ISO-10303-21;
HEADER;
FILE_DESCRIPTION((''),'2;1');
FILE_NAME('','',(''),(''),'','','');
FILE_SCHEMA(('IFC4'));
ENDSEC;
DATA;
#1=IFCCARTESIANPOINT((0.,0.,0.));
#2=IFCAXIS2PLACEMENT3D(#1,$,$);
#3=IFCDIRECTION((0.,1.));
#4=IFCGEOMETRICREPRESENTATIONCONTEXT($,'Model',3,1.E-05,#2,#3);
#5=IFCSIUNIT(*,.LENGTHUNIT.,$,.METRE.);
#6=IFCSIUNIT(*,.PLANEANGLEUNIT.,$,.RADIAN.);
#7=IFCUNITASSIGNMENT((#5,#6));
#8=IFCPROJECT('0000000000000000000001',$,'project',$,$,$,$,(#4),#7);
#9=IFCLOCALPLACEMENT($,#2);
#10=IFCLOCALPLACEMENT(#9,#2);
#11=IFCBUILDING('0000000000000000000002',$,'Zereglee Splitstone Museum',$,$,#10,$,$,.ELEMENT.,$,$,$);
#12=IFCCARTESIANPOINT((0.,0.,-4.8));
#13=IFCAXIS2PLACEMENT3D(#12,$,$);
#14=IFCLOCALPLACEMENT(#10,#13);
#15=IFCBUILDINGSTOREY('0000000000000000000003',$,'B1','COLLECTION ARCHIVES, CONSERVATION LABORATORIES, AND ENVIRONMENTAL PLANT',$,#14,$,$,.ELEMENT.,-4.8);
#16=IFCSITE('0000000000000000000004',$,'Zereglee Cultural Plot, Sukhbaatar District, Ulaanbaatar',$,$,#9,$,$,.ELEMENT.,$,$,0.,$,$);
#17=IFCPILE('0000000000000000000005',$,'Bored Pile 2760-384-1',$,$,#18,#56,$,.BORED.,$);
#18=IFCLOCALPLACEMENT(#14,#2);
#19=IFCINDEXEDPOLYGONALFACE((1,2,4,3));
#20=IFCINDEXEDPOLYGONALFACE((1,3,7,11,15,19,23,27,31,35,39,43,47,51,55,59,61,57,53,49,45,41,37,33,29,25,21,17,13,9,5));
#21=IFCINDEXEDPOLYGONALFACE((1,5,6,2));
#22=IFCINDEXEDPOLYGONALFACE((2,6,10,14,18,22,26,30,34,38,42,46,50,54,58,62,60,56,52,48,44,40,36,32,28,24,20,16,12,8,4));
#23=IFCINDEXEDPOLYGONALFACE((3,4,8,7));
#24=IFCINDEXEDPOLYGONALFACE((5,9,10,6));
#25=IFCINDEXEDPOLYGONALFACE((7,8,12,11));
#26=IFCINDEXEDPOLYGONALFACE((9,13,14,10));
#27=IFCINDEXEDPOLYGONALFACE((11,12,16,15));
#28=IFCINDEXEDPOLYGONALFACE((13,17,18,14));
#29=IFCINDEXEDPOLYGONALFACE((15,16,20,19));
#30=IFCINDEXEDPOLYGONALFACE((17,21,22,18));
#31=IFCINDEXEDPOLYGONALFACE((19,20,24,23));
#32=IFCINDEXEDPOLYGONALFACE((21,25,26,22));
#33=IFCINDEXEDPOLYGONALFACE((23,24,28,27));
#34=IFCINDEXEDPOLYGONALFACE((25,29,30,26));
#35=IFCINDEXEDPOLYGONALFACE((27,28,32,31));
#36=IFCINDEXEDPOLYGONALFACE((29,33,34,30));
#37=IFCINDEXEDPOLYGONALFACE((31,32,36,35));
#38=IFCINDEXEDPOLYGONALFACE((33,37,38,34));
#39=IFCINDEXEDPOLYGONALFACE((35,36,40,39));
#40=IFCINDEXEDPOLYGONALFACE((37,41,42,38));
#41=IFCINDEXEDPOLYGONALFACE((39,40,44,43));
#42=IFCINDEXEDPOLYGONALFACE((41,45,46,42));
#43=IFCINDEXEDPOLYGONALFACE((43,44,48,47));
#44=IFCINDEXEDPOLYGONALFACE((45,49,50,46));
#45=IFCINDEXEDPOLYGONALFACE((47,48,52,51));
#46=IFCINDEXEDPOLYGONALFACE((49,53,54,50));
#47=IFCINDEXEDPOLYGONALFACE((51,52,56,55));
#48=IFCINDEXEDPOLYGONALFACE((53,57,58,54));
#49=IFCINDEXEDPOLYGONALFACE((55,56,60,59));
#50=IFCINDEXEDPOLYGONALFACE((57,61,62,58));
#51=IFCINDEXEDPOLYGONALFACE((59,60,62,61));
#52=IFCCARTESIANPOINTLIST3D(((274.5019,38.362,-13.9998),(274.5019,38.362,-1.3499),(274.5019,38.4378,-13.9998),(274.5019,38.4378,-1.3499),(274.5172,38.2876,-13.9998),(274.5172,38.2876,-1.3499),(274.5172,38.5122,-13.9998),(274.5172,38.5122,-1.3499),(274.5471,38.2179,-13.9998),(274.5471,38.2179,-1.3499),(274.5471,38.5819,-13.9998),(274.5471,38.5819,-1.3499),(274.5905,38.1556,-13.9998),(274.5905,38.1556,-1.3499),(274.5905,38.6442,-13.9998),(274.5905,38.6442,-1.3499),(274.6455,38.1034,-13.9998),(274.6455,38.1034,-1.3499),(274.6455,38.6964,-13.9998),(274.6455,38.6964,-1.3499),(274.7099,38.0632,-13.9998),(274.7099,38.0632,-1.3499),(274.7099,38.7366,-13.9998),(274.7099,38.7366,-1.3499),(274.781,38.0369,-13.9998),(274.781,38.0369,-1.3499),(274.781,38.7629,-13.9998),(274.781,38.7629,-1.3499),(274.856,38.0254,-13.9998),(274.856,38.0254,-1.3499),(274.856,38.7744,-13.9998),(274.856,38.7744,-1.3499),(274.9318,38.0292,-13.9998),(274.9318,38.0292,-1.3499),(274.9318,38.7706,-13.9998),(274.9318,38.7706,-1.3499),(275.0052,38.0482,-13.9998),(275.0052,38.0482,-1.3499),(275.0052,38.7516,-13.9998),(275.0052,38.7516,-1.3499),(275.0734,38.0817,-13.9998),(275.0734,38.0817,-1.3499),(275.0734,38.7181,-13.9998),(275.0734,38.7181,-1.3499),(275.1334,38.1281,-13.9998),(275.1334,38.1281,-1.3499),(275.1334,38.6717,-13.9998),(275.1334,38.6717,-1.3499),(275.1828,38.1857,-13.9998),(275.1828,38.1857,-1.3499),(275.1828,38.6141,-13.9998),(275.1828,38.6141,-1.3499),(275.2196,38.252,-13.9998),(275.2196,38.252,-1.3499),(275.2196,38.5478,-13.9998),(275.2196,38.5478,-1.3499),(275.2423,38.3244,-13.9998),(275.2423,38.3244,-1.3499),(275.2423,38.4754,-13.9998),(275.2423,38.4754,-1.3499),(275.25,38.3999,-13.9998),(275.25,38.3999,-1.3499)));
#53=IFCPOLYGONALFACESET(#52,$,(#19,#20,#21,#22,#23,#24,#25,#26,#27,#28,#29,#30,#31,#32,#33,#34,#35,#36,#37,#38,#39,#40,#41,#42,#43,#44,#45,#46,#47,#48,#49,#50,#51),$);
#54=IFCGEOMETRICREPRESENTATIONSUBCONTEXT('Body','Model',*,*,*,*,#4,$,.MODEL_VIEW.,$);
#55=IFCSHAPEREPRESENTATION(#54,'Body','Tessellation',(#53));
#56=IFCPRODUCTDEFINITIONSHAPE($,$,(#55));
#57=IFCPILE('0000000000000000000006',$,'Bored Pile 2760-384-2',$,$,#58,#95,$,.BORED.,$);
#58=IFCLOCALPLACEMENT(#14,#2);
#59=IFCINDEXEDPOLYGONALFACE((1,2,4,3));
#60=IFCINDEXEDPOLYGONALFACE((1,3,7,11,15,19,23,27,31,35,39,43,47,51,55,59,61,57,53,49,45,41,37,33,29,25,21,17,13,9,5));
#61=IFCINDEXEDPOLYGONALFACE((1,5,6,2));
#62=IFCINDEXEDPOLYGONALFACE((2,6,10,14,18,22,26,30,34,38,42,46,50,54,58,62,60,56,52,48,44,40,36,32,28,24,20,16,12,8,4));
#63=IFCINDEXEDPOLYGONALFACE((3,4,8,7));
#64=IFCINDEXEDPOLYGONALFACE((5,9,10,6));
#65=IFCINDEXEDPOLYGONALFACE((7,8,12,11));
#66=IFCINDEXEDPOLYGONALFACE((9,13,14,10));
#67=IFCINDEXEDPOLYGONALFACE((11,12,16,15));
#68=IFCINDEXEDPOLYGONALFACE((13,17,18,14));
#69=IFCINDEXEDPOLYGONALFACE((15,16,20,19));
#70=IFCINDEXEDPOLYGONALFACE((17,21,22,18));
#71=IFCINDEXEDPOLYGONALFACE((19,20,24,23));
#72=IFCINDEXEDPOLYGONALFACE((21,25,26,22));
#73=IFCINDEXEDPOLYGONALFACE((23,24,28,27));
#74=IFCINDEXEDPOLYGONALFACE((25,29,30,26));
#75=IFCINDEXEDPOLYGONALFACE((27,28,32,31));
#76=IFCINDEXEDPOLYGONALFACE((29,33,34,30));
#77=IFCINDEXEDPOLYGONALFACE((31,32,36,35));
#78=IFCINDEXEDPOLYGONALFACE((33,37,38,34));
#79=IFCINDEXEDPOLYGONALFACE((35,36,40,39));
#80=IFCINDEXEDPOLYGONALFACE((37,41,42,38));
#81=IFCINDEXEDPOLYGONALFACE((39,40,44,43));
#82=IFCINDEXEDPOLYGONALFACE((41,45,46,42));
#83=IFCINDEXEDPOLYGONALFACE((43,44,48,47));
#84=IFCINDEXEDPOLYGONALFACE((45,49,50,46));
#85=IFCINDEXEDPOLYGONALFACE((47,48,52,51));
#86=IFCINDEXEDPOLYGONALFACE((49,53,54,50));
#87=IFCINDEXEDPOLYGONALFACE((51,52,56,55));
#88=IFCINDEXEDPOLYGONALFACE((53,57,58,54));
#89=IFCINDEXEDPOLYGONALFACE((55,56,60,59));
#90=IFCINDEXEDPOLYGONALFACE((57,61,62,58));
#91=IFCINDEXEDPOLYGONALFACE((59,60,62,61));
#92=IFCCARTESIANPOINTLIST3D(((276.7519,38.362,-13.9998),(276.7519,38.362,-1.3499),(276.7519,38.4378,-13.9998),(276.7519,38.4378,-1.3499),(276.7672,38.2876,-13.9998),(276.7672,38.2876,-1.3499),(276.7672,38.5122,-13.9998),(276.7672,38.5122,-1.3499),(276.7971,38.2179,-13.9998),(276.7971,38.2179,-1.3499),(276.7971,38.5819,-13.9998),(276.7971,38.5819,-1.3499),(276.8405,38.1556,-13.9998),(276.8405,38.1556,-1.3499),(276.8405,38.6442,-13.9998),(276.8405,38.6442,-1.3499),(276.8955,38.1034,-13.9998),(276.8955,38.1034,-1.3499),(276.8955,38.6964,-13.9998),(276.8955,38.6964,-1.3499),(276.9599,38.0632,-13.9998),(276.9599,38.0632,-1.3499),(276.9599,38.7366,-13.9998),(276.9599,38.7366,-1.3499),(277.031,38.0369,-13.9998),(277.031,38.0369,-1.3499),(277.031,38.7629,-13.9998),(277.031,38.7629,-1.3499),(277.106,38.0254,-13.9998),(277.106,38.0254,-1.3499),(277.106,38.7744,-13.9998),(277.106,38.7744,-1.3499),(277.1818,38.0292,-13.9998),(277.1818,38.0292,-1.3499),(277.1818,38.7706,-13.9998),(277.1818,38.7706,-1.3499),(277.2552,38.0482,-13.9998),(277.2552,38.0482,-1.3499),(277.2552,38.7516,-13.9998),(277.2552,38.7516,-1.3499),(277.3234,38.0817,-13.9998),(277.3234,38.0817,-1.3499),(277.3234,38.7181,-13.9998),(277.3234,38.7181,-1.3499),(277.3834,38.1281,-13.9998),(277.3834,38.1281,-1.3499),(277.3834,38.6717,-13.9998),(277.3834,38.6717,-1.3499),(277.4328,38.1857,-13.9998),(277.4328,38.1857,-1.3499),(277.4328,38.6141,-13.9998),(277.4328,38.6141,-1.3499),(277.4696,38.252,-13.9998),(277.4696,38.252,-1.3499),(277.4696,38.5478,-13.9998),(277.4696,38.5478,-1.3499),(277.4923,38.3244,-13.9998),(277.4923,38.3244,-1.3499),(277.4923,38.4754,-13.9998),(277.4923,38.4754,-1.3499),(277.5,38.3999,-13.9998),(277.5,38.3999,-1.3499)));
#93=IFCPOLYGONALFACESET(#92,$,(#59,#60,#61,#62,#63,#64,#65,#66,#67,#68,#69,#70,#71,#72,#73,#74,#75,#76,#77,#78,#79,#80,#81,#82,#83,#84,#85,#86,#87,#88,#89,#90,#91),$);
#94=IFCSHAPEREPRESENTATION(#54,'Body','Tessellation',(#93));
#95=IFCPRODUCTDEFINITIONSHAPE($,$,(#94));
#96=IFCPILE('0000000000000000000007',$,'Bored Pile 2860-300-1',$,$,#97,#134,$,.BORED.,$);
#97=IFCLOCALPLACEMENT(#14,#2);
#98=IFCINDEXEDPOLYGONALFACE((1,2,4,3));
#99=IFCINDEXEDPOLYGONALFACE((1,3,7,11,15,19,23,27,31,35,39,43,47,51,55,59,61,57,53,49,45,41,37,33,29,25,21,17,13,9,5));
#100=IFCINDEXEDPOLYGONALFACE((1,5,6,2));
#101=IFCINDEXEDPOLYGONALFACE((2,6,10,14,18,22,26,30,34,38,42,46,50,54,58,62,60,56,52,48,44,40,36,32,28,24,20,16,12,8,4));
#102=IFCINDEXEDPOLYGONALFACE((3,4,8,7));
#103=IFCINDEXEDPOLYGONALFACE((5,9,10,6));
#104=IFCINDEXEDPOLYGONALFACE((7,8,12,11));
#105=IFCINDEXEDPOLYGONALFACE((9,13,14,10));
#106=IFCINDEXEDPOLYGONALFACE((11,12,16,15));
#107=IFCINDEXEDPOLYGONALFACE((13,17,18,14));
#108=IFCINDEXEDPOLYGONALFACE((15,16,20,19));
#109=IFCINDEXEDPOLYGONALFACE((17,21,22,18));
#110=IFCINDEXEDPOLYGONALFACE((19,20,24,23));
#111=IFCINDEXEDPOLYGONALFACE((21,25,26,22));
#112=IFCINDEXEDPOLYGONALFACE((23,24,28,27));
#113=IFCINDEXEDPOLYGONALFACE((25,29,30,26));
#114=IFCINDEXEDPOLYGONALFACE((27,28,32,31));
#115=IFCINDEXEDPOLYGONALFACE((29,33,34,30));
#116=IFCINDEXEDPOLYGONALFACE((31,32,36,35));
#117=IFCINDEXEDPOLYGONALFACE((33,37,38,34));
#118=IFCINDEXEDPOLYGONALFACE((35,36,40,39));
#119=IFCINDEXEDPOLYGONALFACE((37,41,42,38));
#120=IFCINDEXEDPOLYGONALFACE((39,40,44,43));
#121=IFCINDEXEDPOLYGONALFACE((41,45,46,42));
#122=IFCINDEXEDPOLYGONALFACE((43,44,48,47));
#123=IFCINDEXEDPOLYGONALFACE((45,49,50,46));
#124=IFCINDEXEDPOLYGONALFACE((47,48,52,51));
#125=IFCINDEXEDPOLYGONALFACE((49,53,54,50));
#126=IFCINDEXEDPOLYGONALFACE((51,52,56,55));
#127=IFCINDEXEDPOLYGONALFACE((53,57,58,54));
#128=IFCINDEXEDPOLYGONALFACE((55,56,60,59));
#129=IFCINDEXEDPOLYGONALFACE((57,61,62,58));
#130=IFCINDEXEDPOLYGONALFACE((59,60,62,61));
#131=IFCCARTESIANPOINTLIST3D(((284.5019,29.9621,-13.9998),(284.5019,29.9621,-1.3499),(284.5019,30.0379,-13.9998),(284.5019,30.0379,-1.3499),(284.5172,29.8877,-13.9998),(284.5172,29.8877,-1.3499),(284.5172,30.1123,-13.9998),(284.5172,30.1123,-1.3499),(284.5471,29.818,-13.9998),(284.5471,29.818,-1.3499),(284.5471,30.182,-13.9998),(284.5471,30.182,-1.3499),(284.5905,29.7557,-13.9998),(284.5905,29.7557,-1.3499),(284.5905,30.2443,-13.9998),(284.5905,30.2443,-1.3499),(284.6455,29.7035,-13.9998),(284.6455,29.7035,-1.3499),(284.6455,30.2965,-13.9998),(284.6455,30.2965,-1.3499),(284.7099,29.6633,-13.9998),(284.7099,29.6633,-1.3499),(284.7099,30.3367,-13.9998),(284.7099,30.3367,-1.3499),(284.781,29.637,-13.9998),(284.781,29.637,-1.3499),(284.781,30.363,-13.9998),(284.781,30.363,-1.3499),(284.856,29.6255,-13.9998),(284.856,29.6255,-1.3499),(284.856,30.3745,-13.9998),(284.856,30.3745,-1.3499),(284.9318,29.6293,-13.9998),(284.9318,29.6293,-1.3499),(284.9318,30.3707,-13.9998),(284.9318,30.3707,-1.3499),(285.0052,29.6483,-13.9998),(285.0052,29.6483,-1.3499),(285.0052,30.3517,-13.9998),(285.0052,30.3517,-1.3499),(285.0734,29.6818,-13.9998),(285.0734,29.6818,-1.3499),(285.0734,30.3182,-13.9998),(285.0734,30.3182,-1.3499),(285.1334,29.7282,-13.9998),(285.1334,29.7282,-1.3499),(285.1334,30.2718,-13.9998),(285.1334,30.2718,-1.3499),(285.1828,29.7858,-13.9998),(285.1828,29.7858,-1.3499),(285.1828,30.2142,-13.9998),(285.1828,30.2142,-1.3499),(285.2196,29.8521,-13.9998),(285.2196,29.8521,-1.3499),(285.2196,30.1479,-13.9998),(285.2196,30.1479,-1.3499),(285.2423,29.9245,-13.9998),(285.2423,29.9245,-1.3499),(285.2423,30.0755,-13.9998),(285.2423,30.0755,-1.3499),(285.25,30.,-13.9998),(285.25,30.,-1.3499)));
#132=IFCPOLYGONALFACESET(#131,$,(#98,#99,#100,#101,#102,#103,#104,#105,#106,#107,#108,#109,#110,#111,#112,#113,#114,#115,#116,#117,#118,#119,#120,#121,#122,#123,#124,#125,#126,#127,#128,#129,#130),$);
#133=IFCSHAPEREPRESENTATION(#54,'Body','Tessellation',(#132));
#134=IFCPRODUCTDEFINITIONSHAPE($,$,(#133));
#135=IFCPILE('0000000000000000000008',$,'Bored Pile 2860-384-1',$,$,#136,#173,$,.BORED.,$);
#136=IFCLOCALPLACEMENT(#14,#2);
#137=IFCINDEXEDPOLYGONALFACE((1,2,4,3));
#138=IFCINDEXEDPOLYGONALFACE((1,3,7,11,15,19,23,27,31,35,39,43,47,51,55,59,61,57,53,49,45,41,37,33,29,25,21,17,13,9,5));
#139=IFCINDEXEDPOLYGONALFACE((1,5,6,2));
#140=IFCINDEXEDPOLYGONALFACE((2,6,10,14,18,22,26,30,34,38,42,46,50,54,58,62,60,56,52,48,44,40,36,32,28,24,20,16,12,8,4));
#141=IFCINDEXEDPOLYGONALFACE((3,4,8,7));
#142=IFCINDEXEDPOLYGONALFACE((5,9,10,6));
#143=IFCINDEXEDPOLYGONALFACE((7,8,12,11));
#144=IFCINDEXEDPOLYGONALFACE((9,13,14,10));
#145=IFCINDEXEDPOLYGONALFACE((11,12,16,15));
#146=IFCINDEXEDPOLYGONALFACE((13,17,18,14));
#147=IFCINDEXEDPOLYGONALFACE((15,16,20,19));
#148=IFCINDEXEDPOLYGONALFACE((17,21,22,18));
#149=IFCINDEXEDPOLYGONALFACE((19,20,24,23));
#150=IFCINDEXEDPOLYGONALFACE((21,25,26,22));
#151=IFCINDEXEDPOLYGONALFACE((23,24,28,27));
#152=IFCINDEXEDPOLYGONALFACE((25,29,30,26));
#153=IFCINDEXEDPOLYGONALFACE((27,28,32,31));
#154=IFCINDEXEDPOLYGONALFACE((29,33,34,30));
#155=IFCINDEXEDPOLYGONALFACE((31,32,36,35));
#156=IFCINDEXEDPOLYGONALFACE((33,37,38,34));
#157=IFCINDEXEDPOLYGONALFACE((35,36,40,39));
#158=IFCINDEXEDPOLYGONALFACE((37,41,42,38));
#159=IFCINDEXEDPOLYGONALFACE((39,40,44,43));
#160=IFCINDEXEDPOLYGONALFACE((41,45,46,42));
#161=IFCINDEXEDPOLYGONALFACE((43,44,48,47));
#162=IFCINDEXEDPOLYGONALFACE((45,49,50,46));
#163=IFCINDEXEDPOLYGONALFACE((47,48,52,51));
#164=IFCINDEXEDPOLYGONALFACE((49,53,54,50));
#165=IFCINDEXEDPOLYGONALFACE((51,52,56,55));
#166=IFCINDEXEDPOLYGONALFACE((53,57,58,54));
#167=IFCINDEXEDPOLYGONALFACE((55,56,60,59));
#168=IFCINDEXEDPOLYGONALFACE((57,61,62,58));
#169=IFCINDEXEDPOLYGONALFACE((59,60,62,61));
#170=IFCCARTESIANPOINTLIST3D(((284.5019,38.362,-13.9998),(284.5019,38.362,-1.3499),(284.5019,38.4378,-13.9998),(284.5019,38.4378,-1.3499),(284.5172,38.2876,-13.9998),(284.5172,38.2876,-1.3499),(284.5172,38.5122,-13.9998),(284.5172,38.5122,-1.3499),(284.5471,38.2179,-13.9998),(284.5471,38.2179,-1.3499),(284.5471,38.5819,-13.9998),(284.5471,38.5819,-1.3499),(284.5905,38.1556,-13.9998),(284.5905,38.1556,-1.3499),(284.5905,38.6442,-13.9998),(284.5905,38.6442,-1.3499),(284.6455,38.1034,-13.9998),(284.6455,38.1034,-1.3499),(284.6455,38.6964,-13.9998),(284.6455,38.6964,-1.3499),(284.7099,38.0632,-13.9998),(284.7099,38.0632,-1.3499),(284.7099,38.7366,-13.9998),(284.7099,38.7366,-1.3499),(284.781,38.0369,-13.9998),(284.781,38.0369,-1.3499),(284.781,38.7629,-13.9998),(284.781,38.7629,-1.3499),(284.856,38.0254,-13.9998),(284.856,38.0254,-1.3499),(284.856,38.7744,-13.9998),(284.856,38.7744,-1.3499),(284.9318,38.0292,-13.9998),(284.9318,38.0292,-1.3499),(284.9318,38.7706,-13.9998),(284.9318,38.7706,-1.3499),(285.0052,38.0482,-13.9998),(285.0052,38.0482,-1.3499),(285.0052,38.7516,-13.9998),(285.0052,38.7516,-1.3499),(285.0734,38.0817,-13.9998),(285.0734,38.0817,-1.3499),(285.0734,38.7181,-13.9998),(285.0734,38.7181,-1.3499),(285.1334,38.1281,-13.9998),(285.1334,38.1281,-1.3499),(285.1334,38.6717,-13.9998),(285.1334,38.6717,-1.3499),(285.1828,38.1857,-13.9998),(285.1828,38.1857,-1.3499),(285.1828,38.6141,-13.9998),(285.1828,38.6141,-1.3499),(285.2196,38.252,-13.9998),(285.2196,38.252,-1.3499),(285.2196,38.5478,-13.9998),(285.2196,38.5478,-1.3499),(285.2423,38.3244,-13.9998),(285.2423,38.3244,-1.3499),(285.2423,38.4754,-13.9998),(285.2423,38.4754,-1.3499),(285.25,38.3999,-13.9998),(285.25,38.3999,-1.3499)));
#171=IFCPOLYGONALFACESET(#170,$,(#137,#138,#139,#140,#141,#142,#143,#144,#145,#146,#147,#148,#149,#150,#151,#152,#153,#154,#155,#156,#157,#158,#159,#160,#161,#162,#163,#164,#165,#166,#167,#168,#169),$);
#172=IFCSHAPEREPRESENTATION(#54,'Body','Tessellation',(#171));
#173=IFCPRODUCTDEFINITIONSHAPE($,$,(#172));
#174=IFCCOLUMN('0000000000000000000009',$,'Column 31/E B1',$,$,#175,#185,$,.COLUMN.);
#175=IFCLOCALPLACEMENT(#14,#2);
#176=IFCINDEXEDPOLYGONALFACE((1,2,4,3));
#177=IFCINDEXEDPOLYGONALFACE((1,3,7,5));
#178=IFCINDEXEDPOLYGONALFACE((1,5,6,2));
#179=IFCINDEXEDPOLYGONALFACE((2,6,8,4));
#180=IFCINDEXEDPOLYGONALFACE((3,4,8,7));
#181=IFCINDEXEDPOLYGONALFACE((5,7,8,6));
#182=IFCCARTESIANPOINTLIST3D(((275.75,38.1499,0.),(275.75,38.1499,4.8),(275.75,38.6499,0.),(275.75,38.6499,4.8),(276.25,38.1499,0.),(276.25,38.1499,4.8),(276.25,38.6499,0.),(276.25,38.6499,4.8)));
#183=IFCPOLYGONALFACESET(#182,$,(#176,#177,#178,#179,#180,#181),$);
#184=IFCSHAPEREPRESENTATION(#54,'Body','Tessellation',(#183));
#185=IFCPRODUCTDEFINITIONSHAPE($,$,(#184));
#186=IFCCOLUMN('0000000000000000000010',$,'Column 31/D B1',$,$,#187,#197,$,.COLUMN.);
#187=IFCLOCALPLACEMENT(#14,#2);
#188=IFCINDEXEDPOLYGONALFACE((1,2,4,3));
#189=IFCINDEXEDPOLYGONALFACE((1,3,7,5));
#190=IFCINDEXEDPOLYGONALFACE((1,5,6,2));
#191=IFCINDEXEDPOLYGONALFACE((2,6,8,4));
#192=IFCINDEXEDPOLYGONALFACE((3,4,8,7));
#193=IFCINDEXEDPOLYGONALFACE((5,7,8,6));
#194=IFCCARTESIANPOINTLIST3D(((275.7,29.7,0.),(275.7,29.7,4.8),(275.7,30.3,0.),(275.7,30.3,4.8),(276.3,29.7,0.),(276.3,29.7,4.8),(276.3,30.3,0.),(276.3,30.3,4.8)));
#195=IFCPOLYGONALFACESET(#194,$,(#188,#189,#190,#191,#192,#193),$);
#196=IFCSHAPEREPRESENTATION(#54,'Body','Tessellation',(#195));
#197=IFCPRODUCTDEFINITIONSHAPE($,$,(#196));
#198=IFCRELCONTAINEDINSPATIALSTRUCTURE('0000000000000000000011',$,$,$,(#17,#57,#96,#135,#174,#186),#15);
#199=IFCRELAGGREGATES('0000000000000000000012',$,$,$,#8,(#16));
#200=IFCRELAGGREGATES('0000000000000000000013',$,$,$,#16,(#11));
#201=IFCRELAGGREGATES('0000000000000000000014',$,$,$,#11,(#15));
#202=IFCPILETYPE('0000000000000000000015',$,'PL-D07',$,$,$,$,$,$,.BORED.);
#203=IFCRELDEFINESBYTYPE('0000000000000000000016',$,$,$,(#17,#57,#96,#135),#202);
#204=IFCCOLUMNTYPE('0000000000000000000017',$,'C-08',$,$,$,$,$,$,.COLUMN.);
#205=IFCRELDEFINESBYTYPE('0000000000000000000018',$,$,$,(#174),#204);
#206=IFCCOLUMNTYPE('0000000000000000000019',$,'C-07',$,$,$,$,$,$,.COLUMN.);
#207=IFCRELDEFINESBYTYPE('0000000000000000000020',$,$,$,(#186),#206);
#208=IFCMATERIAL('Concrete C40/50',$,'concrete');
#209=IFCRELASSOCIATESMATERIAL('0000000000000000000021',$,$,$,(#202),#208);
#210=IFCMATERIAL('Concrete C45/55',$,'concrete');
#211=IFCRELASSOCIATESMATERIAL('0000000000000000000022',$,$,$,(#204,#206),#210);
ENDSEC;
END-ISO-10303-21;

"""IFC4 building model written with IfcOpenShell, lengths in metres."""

from ifc_helpers import new_model, si_unit, direction, frame, origin, origin_2d, place, context, subcontext, project, spatial, rectangle, circle, extrude, material, material_profile, profile_set, type_object, element, save


model = new_model("IFC4")

# Units and contexts
model_context = context("Model", 3, precision=1e-05, world=origin(), true_north=direction((0.0, 1.0)))
body_context = subcontext(model_context, "Body", "Model", "MODEL_VIEW")
ifc_project = project(units=[si_unit("LENGTHUNIT", "METRE"), si_unit("PLANEANGLEUNIT", "RADIAN")], contexts=[model_context])

# Site, building, storey
site_placement = place(None, origin())
site = spatial("IfcSite", under=ifc_project, at=site_placement, Name="Zereglee Cultural Plot, Sukhbaatar District, Ulaanbaatar", CompositionType="ELEMENT", RefElevation=0.0)
building_placement = place(site_placement, origin())
building = spatial("IfcBuilding", under=site, at=building_placement, Name="Zereglee Splitstone Museum", CompositionType="ELEMENT")
storey_placement = place(building_placement, frame((0.0, 0.0, -4.8)))
storey = spatial("IfcBuildingStorey", under=building, at=storey_placement, Name="B1", Description="COLLECTION ARCHIVES, CONSERVATION LABORATORIES, AND ENVIRONMENTAL PLANT", CompositionType="ELEMENT", Elevation=-4.8)

# Shared definitions
ifc_material_1 = material(Name="Concrete C40/50", Category="concrete")

# Piles
ifc_material_profile_1 = material_profile(ifc_material_1, circle(Radius=0.375, at=origin_2d()), Name="PILE D750")
ifc_profile_set_1 = profile_set([ifc_material_profile_1], Name="Concrete C40/50")
pile_type = type_object("IfcPileType", Name="PL-D07", PredefinedType="BORED", material=ifc_profile_set_1)
for number, where, z_axis, x_axis, name in (
    (1, (274.875, 38.3999, -1.3499), (0.0, 0.0, -1.0), (1.0, 0.0, 0.0), "Bored Pile 2760-384-1"),
    (2, (277.125, 38.3999, -1.3499), (0.0, 0.0, -1.0), (1.0, 0.0, 0.0), "Bored Pile 2760-384-2"),
    (3, (284.875, 30.0, -1.3499), (0.0, 0.0, -1.0), (1.0, 0.0, 0.0), "Bored Pile 2860-300-1"),
    (4, (284.875, 38.3999, -1.3499), (0.0, 0.0, -1.0), (1.0, 0.0, 0.0), "Bored Pile 2860-384-1"),
):
    element("IfcPile", number, at=place(storey_placement, frame(where, z_axis=z_axis, x_axis=x_axis)), inside=storey, type_object=pile_type, Name=name, PredefinedType="BORED", context=body_context, shape_type="SweptSolid", body=[
        extrude(circle(Radius=0.375, at=origin_2d()), origin(), (0.0, 0.0, 1.0), 12.6499),
    ])

# Columns
ifc_material_2 = material(Name="Concrete C45/55", Category="concrete")
ifc_material_profile_2 = material_profile(ifc_material_2, rectangle(XDim=0.5, YDim=0.5, at=origin_2d()), Name="RC 500x500")
ifc_profile_set_2 = profile_set([ifc_material_profile_2], Name="Concrete C45/55")
column_type_1 = type_object("IfcColumnType", Name="C-08", PredefinedType="COLUMN", material=ifc_profile_set_2)
column_1_placement = place(storey_placement, frame((276.0, 38.3999, 0.0), z_axis=(0.0, 0.0, 1.0), x_axis=(1.0, 0.0, 0.0)))
element("IfcColumn", 5, at=column_1_placement, inside=storey, type_object=column_type_1, Name="Column 31/E B1", PredefinedType="COLUMN", context=body_context, shape_type="SweptSolid", body=[
    extrude(rectangle(XDim=0.5, YDim=0.5, at=origin_2d()), origin(), (0.0, 0.0, 1.0), 4.8),
])
ifc_material_profile_3 = material_profile(ifc_material_2, rectangle(XDim=0.6001, YDim=0.6001, at=origin_2d()), Name="RC 600x600")
ifc_profile_set_3 = profile_set([ifc_material_profile_3], Name="Concrete C45/55")
column_type_2 = type_object("IfcColumnType", Name="C-07", PredefinedType="COLUMN", material=ifc_profile_set_3)
column_2_placement = place(storey_placement, frame((276.0, 30.0, 0.0), z_axis=(0.0, 0.0, 1.0), x_axis=(1.0, 0.0, 0.0)))
element("IfcColumn", 6, at=column_2_placement, inside=storey, type_object=column_type_2, Name="Column 31/D B1", PredefinedType="COLUMN", context=body_context, shape_type="SweptSolid", body=[
    extrude(rectangle(XDim=0.6001, YDim=0.6001, at=origin_2d()), origin(), (0.0, 0.0, 1.0), 4.8),
])

save(model, "model.ifc")
